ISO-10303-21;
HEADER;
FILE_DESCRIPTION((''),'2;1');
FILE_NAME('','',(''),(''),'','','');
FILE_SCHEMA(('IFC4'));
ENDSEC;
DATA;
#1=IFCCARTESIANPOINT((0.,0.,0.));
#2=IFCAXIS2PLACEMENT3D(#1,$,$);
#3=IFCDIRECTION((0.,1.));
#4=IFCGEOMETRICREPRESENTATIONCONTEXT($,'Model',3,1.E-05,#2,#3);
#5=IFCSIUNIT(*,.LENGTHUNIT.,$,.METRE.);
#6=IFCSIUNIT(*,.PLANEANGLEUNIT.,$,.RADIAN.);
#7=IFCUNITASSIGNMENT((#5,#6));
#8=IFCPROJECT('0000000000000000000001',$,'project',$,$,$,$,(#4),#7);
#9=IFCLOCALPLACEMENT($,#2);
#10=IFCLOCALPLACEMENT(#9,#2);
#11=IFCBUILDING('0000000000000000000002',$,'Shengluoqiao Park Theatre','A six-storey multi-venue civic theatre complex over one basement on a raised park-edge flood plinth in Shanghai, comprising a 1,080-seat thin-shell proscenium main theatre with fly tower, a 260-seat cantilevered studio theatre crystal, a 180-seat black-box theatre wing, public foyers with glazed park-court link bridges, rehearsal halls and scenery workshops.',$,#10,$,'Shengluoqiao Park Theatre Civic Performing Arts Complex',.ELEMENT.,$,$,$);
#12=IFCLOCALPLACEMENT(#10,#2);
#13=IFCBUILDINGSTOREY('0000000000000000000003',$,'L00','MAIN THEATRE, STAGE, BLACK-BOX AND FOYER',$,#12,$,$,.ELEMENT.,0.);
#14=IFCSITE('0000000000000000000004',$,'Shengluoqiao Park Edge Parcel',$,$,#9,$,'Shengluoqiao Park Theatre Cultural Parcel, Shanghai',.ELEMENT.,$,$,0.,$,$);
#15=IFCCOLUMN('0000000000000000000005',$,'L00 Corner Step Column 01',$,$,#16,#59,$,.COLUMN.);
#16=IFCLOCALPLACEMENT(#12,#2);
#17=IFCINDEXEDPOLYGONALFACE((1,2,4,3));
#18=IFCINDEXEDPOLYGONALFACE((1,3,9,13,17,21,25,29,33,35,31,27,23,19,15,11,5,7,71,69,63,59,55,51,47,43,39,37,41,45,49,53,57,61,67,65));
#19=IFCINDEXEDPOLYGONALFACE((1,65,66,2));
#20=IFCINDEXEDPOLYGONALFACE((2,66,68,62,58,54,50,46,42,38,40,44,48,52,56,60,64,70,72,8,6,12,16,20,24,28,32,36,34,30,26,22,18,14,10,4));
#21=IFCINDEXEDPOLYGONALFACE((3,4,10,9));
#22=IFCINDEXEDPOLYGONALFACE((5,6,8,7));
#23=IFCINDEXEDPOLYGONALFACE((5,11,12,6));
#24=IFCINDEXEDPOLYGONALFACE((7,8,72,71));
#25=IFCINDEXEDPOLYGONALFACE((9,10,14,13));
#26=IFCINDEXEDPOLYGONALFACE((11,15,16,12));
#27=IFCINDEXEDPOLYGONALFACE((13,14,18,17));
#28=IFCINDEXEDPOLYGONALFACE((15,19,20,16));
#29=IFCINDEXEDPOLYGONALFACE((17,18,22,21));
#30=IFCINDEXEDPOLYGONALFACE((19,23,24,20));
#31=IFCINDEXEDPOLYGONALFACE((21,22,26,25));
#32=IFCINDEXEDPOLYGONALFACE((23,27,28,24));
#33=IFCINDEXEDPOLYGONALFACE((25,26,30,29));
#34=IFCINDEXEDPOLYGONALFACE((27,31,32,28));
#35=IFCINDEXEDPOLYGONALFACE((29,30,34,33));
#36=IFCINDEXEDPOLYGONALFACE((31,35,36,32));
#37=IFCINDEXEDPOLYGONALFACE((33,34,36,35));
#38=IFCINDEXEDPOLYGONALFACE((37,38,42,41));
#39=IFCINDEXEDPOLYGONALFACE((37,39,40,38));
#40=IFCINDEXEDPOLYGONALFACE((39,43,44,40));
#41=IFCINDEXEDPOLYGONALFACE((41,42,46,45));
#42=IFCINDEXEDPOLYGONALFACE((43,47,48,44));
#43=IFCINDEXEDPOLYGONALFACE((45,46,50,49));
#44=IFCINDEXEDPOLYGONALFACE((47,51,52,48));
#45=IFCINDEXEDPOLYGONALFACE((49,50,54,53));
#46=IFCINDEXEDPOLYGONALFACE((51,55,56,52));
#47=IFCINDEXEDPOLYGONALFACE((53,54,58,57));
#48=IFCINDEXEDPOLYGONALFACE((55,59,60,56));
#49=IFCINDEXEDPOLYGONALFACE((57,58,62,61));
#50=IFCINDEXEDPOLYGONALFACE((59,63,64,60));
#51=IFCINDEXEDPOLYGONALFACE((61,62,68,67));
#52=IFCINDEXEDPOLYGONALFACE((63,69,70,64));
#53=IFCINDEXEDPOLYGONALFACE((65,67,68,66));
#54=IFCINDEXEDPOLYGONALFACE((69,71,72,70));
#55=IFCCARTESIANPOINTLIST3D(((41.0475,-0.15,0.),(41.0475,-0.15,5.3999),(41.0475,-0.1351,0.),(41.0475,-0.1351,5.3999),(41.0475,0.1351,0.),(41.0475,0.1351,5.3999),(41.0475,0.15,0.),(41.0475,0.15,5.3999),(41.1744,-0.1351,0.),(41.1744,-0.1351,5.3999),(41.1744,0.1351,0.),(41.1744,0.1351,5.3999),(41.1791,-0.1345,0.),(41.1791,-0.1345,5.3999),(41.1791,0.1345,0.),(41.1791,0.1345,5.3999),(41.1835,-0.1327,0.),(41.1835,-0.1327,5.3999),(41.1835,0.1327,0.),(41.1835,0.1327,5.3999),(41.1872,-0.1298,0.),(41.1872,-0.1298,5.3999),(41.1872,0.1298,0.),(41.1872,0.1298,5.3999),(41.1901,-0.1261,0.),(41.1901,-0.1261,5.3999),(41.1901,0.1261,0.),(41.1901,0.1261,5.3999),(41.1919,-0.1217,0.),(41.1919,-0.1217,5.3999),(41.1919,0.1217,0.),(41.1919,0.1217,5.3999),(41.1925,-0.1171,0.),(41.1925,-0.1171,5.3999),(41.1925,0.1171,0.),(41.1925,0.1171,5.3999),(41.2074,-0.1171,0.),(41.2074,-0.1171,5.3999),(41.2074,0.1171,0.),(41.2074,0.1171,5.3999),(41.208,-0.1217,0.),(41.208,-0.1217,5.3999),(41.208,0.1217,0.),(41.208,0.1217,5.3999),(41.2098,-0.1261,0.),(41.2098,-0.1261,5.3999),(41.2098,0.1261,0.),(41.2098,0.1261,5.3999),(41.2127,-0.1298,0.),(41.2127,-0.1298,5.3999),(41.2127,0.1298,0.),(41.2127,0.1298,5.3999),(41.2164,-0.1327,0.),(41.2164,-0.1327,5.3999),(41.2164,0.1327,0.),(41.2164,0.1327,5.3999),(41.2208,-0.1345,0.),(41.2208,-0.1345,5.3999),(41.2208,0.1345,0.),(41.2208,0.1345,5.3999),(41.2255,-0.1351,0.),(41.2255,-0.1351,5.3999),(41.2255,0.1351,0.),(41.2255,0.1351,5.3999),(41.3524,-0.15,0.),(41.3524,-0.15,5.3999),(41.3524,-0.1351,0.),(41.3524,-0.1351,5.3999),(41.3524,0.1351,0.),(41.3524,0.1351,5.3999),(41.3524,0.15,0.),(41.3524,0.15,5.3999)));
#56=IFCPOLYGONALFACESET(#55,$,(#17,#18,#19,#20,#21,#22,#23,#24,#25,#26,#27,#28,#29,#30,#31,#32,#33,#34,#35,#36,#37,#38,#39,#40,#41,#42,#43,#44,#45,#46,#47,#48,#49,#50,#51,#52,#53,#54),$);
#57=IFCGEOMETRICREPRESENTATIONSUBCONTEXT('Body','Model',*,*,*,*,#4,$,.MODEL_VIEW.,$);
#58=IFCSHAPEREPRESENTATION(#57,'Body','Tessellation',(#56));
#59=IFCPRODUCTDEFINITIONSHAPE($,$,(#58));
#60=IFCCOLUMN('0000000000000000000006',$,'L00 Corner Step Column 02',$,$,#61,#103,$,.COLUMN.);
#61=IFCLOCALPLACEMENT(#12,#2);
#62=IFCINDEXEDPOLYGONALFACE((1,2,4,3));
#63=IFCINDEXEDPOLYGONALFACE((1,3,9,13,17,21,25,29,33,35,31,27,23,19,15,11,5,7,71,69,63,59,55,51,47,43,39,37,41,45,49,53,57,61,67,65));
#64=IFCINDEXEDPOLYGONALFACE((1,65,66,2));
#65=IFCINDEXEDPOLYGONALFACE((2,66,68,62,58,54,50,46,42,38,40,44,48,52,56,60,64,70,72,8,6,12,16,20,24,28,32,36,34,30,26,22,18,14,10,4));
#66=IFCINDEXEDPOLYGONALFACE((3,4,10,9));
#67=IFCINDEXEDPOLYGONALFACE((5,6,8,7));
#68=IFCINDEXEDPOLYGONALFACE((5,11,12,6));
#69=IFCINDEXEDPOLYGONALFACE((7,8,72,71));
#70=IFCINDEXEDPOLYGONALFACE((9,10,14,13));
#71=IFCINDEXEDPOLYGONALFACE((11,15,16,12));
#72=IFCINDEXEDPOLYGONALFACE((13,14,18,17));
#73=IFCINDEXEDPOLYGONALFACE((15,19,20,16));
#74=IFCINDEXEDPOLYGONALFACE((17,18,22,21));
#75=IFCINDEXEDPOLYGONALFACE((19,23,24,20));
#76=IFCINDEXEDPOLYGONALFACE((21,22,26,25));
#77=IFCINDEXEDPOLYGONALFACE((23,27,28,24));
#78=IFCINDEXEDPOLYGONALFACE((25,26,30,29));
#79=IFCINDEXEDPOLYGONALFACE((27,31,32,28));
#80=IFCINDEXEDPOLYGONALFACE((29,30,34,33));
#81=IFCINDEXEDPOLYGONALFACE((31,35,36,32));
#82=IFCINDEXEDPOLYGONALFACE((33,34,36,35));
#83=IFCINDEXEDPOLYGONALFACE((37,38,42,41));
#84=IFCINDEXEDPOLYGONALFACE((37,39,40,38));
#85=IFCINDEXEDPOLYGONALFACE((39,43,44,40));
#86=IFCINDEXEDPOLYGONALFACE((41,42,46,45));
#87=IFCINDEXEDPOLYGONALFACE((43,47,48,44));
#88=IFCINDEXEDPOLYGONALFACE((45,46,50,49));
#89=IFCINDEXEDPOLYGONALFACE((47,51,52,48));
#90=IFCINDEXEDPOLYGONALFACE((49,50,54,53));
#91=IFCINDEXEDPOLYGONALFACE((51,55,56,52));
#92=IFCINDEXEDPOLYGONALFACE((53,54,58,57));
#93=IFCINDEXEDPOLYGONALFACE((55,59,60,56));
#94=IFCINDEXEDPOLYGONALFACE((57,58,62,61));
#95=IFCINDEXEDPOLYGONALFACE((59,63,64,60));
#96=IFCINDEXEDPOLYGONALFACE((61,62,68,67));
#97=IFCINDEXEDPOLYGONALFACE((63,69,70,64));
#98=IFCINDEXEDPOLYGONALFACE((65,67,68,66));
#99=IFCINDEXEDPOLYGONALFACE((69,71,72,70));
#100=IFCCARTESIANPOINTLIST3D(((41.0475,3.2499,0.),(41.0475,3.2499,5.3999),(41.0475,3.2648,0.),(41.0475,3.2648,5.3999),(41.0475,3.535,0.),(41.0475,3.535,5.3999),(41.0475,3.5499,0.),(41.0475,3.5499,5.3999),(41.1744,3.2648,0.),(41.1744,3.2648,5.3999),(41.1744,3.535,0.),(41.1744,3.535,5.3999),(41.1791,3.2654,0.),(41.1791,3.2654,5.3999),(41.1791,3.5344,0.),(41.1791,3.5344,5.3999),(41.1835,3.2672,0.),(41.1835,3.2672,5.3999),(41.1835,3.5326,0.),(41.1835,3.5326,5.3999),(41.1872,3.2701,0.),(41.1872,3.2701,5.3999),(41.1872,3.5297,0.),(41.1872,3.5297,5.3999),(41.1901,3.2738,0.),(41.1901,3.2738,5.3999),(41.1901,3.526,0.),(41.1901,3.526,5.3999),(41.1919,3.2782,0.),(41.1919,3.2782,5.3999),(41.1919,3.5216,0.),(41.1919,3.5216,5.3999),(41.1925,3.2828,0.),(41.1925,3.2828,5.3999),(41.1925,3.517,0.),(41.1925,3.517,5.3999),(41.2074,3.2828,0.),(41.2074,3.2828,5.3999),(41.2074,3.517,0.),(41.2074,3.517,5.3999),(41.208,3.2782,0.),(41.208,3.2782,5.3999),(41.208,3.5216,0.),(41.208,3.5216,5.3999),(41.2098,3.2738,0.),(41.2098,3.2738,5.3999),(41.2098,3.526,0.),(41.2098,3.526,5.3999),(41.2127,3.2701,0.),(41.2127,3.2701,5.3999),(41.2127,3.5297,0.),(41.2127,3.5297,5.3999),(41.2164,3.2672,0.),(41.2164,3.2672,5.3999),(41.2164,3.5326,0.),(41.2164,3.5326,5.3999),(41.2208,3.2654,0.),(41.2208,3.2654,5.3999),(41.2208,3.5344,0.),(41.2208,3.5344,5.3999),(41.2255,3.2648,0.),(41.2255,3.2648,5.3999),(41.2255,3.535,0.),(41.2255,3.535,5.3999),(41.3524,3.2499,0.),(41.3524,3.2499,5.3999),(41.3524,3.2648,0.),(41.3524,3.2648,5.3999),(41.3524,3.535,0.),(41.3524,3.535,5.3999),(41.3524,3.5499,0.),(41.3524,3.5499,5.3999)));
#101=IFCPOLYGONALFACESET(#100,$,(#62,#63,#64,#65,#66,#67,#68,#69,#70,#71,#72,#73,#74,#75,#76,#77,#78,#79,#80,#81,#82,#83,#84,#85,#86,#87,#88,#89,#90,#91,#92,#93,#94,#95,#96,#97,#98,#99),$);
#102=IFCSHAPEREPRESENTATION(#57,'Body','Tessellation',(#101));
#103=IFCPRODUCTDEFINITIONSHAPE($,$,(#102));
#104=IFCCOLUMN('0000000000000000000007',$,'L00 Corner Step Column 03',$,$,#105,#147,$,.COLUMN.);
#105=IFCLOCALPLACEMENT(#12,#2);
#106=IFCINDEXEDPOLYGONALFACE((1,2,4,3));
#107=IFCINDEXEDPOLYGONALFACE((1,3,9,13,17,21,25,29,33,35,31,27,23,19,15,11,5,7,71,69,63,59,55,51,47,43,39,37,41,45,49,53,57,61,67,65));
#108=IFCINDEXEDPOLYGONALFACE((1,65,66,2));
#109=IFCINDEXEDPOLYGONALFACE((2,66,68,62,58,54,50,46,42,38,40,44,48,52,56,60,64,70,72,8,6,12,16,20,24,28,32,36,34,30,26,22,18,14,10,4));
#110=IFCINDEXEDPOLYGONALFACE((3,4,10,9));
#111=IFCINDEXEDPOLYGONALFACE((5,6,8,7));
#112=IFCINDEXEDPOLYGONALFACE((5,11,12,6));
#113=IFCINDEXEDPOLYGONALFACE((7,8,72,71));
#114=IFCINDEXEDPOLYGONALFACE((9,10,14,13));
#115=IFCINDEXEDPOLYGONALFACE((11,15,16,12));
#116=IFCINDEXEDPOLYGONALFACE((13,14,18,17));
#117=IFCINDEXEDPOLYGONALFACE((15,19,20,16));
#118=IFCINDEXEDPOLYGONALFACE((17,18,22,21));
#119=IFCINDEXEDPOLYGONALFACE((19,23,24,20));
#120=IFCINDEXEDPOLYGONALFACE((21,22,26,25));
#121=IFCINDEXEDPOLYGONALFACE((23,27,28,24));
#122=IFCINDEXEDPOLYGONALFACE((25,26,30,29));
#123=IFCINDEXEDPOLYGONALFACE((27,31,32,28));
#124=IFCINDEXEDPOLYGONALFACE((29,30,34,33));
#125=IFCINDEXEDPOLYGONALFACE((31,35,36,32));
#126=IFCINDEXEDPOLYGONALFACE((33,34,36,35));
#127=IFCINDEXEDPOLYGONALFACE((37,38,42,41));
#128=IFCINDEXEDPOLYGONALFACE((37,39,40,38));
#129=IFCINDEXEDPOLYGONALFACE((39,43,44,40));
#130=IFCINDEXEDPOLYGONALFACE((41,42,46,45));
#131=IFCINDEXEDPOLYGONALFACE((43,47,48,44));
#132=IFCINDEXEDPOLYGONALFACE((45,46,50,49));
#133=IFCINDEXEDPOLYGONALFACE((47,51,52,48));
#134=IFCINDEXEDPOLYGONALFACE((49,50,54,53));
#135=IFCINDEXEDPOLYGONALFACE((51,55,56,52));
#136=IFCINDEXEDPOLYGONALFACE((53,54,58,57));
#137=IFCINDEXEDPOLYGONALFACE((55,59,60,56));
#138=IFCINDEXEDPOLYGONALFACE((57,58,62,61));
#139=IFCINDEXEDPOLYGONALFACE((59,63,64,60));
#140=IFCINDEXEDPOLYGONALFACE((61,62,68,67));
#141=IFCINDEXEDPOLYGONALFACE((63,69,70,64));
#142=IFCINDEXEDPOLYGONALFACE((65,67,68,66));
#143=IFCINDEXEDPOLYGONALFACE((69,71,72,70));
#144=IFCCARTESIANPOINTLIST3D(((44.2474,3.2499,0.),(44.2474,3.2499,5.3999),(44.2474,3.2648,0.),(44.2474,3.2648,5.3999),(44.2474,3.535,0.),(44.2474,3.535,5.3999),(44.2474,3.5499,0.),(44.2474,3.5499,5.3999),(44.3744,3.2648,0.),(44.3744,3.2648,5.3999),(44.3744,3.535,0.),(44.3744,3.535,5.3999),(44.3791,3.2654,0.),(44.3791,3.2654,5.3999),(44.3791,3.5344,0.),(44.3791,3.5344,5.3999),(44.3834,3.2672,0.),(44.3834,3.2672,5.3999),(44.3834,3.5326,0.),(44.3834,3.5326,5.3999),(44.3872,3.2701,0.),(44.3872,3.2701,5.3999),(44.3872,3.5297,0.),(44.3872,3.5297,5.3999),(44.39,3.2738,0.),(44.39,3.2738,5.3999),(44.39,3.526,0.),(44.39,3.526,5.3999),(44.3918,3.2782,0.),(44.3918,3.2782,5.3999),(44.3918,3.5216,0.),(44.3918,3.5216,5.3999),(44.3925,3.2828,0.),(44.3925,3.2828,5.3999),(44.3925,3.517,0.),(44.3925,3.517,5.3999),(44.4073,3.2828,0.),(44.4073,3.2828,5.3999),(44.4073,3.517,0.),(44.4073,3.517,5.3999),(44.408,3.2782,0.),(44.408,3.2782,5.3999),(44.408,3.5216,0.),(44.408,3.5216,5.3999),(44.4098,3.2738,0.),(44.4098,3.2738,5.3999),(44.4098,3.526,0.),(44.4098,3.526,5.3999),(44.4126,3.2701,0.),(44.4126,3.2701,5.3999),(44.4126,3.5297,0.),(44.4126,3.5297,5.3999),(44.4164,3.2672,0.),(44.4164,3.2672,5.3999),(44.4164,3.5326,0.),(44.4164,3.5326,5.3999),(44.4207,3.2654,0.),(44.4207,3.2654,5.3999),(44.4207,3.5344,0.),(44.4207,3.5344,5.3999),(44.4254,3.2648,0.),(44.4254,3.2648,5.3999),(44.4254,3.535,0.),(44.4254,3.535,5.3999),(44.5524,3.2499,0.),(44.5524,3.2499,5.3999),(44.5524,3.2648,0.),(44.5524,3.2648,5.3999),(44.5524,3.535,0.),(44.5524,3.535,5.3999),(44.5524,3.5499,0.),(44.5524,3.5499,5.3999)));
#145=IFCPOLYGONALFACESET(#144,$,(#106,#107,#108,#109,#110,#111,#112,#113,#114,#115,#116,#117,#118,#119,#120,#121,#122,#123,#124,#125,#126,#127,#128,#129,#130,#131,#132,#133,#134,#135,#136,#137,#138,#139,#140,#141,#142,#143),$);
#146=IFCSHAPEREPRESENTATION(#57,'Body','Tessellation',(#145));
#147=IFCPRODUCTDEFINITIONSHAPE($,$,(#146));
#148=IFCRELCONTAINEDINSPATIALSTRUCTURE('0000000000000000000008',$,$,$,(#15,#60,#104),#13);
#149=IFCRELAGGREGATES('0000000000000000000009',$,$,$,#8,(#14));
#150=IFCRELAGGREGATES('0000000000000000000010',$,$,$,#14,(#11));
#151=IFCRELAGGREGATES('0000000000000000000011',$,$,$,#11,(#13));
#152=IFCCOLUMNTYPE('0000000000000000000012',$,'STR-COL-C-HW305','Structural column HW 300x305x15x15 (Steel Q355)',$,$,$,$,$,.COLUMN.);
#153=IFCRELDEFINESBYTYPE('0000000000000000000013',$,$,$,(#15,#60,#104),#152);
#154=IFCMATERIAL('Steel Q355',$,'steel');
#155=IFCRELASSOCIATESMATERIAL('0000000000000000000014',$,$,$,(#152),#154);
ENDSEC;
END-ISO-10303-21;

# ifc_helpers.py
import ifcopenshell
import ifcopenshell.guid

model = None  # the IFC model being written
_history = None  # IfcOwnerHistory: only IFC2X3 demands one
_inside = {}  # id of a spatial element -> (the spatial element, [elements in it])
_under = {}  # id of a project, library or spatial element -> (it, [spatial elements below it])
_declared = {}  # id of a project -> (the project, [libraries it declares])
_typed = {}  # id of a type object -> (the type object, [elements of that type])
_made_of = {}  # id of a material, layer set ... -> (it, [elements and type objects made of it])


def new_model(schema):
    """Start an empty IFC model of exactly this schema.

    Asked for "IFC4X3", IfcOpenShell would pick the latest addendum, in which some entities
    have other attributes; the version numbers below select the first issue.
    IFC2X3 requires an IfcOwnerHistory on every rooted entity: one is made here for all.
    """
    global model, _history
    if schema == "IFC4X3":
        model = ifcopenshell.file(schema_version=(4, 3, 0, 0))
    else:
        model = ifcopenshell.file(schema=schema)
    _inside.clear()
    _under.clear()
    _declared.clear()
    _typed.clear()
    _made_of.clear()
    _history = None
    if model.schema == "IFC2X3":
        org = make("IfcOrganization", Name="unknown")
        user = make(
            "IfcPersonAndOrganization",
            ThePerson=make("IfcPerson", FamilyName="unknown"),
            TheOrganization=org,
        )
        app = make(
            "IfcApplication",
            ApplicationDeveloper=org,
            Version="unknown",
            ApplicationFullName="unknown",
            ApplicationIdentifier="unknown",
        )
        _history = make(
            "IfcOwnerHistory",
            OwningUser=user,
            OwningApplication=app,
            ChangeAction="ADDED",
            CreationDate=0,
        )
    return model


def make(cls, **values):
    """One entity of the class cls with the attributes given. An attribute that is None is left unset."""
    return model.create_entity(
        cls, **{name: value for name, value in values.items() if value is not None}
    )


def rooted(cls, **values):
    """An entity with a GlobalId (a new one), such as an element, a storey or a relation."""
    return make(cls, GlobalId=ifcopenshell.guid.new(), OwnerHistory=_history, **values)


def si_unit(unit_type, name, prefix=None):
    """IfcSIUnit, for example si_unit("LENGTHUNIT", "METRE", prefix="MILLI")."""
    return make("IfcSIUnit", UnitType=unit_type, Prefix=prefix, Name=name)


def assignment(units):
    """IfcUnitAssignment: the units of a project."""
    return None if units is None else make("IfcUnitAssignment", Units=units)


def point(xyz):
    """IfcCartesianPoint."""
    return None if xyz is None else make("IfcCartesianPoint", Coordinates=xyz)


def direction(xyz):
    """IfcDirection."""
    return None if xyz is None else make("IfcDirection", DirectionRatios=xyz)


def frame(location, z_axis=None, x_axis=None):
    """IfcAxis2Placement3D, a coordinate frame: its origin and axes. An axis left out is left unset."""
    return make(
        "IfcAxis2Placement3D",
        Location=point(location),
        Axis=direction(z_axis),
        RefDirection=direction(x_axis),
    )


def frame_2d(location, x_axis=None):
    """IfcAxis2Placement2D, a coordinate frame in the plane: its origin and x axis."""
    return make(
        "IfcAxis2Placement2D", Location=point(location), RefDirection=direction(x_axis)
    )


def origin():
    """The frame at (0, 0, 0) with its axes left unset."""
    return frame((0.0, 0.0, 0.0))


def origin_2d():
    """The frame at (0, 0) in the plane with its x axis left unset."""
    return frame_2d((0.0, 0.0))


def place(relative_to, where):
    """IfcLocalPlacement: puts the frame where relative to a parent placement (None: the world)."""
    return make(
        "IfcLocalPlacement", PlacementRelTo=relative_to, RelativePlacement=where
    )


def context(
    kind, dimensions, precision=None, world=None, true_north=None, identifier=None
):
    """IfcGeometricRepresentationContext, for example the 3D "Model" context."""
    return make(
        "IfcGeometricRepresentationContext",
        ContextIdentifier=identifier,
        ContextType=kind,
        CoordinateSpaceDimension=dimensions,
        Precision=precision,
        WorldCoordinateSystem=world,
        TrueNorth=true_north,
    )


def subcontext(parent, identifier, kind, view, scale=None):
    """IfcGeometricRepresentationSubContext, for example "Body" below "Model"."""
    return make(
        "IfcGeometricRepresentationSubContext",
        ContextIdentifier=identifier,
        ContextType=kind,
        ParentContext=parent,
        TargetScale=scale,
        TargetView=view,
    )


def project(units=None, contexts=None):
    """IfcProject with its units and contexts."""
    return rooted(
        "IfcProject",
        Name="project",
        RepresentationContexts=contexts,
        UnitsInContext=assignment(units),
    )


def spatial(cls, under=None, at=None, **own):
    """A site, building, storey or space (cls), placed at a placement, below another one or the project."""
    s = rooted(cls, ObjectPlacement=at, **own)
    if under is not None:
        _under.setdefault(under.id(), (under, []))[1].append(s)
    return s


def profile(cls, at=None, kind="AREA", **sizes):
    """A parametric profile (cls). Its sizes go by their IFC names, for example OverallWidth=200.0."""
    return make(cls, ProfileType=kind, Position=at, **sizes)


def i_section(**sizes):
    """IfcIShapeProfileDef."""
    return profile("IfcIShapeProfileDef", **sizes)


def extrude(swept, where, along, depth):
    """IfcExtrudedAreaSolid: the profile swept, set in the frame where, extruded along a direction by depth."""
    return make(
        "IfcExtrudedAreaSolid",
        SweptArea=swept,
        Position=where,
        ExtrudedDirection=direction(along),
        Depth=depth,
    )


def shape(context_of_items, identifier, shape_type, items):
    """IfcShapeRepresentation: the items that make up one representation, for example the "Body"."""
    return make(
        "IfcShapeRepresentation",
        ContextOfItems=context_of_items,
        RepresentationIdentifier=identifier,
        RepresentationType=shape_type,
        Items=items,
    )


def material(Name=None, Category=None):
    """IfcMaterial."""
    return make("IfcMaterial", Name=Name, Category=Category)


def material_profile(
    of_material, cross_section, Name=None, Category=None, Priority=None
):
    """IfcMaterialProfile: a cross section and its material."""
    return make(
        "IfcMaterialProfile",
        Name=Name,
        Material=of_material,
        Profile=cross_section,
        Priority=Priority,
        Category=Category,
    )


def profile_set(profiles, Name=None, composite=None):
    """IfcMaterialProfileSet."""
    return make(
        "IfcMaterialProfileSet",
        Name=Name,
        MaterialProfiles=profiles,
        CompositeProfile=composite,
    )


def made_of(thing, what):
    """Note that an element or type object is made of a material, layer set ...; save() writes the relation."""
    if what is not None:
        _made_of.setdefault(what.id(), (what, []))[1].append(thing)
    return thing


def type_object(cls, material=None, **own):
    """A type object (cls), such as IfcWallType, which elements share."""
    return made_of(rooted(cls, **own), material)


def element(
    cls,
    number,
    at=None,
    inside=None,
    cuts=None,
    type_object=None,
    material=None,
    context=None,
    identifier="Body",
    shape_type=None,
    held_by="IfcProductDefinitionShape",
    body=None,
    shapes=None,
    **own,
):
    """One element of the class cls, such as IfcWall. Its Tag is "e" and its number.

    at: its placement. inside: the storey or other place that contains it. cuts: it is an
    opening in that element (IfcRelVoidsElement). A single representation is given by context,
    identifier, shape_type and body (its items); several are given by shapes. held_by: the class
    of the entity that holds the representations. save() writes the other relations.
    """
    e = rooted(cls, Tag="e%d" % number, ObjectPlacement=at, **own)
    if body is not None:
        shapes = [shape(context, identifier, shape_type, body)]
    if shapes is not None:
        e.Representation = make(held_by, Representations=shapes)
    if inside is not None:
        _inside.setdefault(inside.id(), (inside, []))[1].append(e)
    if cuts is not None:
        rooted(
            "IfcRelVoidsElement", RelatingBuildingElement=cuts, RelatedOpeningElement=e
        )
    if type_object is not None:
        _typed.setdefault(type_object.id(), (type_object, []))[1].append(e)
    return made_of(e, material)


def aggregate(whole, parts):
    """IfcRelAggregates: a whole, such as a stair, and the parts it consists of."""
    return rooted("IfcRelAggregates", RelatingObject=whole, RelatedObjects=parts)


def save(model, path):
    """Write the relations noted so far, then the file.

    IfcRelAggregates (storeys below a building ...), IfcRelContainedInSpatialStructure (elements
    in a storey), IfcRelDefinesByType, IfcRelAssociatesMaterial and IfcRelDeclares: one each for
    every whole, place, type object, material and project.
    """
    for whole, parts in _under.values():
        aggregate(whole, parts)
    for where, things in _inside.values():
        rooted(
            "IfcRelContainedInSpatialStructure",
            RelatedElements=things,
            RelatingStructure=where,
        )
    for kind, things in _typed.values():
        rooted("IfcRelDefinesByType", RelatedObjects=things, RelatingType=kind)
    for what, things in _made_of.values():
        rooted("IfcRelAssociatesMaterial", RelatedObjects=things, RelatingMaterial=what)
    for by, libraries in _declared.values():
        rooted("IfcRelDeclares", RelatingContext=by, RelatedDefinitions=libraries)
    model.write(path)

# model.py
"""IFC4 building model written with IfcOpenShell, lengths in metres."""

from ifc_helpers import new_model, si_unit, direction, frame, origin, origin_2d, place, context, subcontext, project, spatial, i_section, extrude, material, material_profile, profile_set, type_object, element, save


model = new_model("IFC4")

# Units and contexts
model_context = context("Model", 3, precision=1e-05, world=origin(), true_north=direction((0.0, 1.0)))
body_context = subcontext(model_context, "Body", "Model", "MODEL_VIEW")
ifc_project = project(units=[si_unit("LENGTHUNIT", "METRE"), si_unit("PLANEANGLEUNIT", "RADIAN")], contexts=[model_context])

# Site, building, storey
site_placement = place(None, origin())
site = spatial("IfcSite", under=ifc_project, at=site_placement, Name="Shengluoqiao Park Edge Parcel", LongName="Shengluoqiao Park Theatre Cultural Parcel, Shanghai", CompositionType="ELEMENT", RefElevation=0.0)
building_placement = place(site_placement, origin())
building = spatial("IfcBuilding", under=site, at=building_placement, Name="Shengluoqiao Park Theatre", Description="A six-storey multi-venue civic theatre complex over one basement on a raised park-edge flood plinth in Shanghai, comprising a 1,080-seat thin-shell proscenium main theatre with fly tower, a 260-seat cantilevered studio theatre crystal, a 180-seat black-box theatre wing, public foyers with glazed park-court link bridges, rehearsal halls and scenery workshops.", LongName="Shengluoqiao Park Theatre Civic Performing Arts Complex", CompositionType="ELEMENT")
storey_placement = place(building_placement, origin())
storey = spatial("IfcBuildingStorey", under=building, at=storey_placement, Name="L00", Description="MAIN THEATRE, STAGE, BLACK-BOX AND FOYER", CompositionType="ELEMENT", Elevation=0.0)

# Columns
ifc_material_1 = material(Name="Steel Q355", Category="steel")
ifc_material_profile_1 = material_profile(ifc_material_1, i_section(OverallWidth=0.3049, OverallDepth=0.3, WebThickness=0.0149, FlangeThickness=0.0149, FilletRadius=0.0181, at=origin_2d()), Name="HW 300x305x15x15")
ifc_profile_set_1 = profile_set([ifc_material_profile_1], Name="Steel Q355")
column_type_1 = type_object("IfcColumnType", Name="STR-COL-C-HW305", Description="Structural column HW 300x305x15x15 (Steel Q355)", PredefinedType="COLUMN", material=ifc_profile_set_1)
for number, where, z_axis, x_axis, name in (
    (1, (41.2, 0.0, 0.0), (0.0, 0.0, 1.0), (1.0, 0.0, 0.0), "L00 Corner Step Column 01"),
    (2, (41.2, 3.3999, 0.0), (0.0, 0.0, 1.0), (1.0, 0.0, 0.0), "L00 Corner Step Column 02"),
    (3, (44.3999, 3.3999, 0.0), (0.0, 0.0, 1.0), (1.0, 0.0, 0.0), "L00 Corner Step Column 03"),
):
    element("IfcColumn", number, at=place(storey_placement, frame(where, z_axis=z_axis, x_axis=x_axis)), inside=storey, type_object=column_type_1, Name=name, PredefinedType="COLUMN", context=body_context, shape_type="SweptSolid", body=[
        extrude(i_section(OverallWidth=0.3049, OverallDepth=0.3, WebThickness=0.0149, FlangeThickness=0.0149, FilletRadius=0.0181, at=origin_2d()), origin(), (0.0, 0.0, 1.0), 5.3999),
    ])

save(model, "model.ifc")
